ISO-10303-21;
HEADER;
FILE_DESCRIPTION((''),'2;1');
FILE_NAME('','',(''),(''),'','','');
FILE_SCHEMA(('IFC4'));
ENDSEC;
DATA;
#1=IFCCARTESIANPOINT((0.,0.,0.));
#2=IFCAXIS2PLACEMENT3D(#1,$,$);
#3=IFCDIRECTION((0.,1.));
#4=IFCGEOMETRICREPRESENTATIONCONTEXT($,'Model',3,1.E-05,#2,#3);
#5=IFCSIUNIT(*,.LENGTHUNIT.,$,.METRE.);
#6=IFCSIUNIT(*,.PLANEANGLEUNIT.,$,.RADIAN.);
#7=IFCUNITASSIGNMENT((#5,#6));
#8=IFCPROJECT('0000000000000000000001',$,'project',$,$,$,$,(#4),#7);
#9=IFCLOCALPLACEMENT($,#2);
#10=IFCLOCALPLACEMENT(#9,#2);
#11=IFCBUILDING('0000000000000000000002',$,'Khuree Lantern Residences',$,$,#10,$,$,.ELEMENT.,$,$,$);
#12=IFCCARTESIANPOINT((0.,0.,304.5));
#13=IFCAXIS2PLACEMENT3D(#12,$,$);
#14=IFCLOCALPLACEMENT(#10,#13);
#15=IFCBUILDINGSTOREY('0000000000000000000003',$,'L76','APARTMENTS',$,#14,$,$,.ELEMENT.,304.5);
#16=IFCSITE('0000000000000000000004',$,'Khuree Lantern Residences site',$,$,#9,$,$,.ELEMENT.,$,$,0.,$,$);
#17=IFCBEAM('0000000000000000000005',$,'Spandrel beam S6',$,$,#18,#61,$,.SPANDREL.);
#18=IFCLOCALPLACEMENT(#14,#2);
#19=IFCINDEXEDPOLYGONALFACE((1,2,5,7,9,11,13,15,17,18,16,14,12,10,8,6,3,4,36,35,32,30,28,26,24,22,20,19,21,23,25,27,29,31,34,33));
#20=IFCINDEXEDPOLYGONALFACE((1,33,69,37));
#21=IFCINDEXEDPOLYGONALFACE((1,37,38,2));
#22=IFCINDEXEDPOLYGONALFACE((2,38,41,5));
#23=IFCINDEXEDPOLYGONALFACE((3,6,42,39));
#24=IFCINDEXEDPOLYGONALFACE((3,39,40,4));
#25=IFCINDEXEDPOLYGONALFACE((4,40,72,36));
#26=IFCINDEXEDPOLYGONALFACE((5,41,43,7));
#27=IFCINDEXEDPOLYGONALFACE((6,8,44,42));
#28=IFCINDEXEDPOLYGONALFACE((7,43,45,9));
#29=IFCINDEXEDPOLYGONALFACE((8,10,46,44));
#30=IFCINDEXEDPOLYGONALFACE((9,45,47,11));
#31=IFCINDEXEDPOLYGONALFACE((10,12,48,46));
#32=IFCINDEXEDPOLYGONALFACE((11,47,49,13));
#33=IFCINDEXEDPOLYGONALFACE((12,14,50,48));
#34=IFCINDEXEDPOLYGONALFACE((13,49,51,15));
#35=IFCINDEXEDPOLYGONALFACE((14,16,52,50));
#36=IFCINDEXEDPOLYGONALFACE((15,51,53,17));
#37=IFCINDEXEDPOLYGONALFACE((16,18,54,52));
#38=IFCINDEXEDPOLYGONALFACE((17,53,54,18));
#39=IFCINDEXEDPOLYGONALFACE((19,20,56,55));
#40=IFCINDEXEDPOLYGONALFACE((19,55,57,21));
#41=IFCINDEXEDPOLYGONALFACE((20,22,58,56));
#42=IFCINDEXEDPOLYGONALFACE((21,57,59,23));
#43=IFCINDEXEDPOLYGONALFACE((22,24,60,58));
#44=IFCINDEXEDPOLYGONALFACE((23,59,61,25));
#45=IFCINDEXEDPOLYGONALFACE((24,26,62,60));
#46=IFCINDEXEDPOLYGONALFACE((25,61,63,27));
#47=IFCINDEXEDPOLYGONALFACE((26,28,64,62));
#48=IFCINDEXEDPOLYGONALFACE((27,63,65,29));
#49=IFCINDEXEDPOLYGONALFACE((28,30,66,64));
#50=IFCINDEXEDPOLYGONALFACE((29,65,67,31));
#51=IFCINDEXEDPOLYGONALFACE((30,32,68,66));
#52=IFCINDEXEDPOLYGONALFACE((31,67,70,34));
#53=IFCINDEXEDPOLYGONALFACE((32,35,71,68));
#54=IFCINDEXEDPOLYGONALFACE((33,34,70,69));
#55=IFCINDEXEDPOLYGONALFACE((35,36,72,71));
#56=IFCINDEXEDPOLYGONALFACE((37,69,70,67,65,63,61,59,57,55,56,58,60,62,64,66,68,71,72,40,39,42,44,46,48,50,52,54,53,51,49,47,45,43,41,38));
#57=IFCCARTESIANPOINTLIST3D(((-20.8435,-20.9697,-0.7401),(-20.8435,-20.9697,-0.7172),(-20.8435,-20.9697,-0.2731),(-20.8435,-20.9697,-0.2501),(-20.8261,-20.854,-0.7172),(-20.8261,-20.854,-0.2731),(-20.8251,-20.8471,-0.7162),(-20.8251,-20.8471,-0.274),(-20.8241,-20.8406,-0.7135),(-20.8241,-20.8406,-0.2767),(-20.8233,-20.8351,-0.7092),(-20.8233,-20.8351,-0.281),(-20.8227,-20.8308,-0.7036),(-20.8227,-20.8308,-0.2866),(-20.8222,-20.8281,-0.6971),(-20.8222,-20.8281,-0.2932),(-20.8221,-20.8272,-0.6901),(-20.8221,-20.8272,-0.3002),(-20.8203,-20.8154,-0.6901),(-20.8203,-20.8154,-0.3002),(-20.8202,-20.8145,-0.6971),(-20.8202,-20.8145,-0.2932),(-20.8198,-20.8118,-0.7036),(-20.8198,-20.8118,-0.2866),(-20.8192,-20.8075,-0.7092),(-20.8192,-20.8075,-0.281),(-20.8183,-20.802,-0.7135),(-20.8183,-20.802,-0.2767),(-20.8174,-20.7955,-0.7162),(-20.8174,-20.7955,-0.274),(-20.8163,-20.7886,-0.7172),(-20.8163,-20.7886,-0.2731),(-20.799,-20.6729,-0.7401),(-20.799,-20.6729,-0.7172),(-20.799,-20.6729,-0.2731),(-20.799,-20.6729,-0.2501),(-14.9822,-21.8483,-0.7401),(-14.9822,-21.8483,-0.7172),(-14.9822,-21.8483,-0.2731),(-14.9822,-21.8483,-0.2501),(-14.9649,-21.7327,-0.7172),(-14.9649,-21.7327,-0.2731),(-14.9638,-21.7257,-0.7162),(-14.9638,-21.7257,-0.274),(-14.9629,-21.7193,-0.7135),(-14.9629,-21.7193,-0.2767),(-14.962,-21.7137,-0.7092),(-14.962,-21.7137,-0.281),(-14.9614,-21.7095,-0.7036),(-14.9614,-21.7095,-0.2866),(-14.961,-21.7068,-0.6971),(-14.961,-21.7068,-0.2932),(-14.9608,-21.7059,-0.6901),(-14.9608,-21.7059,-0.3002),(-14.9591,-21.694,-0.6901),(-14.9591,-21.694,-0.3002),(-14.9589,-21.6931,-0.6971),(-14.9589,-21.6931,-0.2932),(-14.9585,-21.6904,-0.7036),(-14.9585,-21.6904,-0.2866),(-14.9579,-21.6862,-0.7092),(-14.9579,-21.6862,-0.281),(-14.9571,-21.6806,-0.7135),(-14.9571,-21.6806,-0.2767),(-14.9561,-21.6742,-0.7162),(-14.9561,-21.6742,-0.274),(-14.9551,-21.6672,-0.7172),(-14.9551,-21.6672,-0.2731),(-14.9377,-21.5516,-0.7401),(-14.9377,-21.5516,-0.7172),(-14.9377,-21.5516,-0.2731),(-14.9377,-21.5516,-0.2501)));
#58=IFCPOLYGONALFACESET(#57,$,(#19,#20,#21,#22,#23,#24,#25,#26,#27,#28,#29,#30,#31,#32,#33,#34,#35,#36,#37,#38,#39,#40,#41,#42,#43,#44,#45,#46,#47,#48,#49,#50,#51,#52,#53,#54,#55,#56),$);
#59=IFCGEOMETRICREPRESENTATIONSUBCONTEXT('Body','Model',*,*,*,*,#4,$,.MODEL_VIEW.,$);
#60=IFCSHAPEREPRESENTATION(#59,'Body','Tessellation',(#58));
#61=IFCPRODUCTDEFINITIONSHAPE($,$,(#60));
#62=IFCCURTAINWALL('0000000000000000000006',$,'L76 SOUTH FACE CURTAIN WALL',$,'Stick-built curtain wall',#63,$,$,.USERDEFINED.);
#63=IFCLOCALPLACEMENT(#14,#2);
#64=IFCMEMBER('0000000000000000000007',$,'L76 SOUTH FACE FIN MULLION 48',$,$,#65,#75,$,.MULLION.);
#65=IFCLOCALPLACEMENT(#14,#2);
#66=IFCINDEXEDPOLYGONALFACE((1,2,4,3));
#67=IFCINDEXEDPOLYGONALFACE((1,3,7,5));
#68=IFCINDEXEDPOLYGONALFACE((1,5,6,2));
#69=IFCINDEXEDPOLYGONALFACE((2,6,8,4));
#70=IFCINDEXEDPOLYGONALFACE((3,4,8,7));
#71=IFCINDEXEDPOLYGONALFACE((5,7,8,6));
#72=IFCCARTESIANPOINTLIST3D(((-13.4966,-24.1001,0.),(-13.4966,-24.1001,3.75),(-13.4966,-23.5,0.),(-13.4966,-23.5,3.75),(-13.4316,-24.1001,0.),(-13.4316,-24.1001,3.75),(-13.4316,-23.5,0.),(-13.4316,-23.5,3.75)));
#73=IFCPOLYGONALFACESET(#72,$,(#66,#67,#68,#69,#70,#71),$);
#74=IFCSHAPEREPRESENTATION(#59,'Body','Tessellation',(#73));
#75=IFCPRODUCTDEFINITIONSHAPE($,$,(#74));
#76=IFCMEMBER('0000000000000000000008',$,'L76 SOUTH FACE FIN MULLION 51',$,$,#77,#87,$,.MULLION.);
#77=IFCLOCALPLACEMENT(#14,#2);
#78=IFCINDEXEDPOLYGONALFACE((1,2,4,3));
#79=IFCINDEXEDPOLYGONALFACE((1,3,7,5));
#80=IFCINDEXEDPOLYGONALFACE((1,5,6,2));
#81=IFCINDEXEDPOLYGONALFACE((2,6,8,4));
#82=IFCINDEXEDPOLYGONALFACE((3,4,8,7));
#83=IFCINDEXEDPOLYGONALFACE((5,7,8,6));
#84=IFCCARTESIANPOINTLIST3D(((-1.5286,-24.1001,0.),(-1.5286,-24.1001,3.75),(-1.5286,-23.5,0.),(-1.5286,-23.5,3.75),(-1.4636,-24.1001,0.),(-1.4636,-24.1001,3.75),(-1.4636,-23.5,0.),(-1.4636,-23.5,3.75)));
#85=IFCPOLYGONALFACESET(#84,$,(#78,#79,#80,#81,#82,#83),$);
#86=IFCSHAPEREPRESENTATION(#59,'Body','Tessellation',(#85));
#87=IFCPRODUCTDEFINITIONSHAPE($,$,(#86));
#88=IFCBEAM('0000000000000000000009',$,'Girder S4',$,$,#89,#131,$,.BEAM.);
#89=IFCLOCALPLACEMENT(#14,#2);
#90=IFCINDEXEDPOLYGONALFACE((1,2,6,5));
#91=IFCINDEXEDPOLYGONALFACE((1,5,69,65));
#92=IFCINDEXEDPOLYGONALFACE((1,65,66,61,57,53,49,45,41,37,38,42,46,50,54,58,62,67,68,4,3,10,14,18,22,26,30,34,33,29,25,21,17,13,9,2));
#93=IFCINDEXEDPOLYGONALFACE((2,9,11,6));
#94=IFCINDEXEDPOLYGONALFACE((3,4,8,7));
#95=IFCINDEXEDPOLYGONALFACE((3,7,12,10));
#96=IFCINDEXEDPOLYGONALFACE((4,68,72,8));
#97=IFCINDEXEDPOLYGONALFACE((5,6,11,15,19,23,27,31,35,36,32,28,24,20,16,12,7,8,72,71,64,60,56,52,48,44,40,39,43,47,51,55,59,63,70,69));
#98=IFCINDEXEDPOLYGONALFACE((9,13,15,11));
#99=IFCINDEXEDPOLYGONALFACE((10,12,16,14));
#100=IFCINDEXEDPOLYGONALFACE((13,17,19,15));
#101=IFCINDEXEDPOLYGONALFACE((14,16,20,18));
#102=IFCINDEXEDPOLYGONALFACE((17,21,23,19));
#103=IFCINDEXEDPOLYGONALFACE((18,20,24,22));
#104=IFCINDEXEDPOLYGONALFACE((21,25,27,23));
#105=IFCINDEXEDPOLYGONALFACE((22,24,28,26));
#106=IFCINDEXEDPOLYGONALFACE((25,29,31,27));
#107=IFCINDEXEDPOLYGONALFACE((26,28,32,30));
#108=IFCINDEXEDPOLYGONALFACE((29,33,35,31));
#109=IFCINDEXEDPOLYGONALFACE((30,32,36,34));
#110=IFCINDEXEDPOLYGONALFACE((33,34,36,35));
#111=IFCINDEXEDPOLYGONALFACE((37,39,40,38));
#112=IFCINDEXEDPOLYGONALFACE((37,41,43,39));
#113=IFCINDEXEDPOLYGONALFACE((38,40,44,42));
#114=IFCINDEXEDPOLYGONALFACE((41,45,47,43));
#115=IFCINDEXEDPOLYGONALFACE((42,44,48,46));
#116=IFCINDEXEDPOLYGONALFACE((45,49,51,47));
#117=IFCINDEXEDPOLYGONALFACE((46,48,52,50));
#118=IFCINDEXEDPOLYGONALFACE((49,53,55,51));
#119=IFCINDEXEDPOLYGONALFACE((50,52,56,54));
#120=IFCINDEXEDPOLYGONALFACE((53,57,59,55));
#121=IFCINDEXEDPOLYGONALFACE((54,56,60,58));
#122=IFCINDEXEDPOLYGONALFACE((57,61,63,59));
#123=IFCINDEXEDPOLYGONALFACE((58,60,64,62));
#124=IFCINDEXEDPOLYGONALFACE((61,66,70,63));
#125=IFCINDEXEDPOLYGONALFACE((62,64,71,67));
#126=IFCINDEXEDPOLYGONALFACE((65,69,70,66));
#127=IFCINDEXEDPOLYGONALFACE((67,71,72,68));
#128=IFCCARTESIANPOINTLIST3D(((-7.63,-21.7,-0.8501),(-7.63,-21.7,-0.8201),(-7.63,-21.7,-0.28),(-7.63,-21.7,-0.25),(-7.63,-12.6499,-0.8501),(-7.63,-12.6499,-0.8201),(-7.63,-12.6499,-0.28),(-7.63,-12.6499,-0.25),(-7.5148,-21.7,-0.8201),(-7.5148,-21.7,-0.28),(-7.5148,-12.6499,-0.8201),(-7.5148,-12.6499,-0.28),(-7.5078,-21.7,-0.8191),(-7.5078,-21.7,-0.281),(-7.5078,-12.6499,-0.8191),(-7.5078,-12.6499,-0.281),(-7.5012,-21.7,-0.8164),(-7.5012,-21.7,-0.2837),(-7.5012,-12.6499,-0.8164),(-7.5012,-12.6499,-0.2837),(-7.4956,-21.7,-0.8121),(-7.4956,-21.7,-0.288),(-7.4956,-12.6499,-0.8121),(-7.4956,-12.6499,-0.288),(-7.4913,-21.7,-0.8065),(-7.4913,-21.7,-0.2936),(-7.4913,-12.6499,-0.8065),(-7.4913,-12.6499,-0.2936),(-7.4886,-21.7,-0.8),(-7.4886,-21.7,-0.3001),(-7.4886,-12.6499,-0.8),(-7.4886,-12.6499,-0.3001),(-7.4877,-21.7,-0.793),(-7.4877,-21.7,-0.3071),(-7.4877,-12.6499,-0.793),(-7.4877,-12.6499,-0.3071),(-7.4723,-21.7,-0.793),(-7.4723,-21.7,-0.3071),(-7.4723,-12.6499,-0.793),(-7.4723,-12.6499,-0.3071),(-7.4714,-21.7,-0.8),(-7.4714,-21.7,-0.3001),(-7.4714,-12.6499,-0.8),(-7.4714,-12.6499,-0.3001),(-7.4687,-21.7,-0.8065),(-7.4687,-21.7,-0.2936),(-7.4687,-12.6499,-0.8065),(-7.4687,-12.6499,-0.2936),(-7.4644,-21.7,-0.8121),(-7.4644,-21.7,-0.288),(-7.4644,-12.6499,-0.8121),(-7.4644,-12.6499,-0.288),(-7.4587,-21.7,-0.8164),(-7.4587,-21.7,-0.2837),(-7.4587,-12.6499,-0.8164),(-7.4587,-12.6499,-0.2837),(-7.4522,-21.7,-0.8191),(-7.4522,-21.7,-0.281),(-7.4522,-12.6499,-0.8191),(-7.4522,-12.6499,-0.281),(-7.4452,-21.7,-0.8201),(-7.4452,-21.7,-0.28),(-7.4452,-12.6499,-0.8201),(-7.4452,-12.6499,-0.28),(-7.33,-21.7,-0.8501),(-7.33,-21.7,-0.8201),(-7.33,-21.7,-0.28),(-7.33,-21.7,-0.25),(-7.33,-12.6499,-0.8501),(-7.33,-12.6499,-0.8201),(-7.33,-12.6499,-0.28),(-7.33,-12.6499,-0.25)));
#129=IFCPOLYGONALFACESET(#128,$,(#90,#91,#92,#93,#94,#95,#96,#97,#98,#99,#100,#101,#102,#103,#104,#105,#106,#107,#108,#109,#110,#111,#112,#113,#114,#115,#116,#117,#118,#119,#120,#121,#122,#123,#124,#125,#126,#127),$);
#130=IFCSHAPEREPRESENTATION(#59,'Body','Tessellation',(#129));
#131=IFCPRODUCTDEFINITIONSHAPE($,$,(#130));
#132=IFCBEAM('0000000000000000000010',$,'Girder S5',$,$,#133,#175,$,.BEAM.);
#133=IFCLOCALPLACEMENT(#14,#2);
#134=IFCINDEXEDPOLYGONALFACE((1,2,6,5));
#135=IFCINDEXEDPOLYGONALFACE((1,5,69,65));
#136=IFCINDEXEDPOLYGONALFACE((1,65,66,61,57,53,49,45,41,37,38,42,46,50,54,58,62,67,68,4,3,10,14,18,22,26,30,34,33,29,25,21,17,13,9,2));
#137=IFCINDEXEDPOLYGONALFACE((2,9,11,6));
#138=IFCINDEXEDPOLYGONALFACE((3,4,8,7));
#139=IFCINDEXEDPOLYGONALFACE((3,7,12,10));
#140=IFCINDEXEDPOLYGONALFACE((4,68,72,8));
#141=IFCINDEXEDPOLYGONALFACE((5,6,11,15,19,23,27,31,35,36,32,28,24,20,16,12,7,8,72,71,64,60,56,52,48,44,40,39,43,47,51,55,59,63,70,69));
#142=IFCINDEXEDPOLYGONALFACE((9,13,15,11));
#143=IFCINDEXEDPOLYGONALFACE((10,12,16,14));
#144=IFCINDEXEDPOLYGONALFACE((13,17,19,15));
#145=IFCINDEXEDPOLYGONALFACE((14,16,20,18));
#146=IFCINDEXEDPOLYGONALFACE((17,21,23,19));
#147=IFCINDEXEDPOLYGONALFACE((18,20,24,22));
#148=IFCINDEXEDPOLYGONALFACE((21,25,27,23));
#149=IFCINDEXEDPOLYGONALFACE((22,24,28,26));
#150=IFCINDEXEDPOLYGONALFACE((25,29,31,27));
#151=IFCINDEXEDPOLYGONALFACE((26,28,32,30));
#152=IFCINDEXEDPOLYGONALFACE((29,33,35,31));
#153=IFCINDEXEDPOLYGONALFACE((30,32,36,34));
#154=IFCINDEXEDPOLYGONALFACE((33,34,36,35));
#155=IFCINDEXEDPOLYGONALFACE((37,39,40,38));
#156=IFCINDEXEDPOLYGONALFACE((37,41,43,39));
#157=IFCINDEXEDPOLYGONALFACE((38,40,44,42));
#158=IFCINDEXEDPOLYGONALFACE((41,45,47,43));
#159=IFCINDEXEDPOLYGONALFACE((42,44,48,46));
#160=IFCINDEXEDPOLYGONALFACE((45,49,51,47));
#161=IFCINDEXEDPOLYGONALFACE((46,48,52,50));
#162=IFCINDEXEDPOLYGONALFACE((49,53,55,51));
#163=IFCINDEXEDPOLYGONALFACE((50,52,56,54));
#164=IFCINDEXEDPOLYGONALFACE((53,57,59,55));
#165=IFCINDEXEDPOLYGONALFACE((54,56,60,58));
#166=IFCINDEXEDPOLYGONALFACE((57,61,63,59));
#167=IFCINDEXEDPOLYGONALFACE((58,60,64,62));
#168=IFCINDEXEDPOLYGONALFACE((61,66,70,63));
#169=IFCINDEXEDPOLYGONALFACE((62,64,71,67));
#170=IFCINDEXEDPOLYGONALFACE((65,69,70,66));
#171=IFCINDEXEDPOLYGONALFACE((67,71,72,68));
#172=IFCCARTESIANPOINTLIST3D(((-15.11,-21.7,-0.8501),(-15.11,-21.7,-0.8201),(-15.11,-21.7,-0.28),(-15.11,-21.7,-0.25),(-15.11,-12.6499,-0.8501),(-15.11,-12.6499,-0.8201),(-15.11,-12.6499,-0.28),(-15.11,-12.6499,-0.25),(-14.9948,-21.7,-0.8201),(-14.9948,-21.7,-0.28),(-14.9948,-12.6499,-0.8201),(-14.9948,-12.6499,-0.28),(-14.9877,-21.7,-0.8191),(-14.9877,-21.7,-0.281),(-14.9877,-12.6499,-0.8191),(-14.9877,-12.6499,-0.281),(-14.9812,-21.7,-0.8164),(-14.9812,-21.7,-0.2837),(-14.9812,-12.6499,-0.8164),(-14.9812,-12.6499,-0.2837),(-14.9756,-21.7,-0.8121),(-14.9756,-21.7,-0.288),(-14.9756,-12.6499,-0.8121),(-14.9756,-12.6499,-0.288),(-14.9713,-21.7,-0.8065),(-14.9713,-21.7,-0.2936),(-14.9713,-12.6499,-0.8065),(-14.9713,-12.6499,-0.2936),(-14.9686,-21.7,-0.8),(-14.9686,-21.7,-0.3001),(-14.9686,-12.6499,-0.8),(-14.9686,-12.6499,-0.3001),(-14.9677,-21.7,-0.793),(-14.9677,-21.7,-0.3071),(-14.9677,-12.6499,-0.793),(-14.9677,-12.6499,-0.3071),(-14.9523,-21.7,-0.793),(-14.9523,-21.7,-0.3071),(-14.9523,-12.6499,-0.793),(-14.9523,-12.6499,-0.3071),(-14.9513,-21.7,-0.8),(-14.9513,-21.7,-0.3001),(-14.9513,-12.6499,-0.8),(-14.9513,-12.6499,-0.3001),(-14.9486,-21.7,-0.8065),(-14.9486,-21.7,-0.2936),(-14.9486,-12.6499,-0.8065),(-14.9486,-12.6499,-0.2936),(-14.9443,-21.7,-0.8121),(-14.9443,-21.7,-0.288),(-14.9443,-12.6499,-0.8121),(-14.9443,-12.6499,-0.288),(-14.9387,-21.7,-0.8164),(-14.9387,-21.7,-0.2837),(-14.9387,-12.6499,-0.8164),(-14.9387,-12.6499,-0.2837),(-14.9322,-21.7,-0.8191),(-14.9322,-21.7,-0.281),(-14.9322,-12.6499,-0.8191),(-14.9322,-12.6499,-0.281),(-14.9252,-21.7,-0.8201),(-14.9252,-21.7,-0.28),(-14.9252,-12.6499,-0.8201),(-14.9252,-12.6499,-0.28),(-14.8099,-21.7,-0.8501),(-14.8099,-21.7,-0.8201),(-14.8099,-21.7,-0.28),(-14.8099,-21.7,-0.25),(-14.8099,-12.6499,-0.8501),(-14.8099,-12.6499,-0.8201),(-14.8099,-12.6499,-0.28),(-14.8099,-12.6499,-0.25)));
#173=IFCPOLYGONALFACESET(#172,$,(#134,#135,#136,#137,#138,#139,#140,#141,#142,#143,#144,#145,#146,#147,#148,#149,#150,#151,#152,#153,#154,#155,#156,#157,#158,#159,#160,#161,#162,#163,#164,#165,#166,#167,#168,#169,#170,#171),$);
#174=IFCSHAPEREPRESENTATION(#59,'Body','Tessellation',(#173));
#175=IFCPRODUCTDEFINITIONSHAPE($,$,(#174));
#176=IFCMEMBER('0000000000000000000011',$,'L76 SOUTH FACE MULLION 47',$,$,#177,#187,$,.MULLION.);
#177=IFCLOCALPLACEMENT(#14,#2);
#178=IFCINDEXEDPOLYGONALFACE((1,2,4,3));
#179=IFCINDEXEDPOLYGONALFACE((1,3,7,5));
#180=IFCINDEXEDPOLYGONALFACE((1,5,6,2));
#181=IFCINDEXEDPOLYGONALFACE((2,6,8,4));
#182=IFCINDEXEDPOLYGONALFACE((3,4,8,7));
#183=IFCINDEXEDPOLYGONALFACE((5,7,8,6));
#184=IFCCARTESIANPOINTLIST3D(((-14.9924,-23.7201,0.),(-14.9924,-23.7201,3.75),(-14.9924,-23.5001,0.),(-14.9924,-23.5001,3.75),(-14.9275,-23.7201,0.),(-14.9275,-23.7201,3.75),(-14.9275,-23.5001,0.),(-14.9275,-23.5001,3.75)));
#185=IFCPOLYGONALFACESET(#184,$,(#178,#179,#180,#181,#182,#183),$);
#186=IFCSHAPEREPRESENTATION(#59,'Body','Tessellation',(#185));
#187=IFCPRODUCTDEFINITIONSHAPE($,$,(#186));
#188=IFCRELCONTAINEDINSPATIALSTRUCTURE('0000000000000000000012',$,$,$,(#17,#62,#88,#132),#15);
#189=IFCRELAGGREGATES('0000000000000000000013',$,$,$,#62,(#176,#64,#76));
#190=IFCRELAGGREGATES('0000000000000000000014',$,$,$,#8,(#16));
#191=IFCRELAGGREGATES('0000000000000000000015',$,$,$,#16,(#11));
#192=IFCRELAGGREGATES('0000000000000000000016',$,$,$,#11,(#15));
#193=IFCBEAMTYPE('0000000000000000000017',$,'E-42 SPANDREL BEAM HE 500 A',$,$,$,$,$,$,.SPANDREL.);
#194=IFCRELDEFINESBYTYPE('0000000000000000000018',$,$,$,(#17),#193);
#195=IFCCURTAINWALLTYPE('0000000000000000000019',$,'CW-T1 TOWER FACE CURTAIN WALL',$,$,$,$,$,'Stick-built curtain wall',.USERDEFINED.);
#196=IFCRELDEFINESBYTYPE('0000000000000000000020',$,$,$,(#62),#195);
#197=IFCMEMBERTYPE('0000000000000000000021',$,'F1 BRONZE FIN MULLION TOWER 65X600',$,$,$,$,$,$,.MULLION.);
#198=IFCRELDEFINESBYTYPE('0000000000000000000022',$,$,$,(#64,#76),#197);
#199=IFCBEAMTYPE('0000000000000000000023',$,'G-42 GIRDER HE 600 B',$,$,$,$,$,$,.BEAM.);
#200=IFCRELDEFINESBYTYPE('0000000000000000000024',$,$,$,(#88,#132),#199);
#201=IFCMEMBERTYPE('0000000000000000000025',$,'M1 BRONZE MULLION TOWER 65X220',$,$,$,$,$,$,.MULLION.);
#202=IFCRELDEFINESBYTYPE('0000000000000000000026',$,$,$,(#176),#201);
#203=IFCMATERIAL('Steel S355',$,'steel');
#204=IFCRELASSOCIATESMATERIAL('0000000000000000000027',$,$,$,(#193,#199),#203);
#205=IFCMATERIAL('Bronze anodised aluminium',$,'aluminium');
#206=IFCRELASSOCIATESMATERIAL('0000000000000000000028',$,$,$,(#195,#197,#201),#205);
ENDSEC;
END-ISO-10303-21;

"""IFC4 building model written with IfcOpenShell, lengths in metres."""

from ifc_helpers import new_model, si_unit, direction, frame, origin, origin_2d, place, context, subcontext, project, spatial, rectangle, i_section, extrude, material, material_profile, profile_set, type_object, element, aggregate, save


model = new_model("IFC4")

# Units and contexts
model_context = context("Model", 3, precision=1e-05, world=origin(), true_north=direction((0.0, 1.0)))
body_context = subcontext(model_context, "Body", "Model", "MODEL_VIEW")
ifc_project = project(units=[si_unit("LENGTHUNIT", "METRE"), si_unit("PLANEANGLEUNIT", "RADIAN")], contexts=[model_context])

# Site, building, storey
site_placement = place(None, origin())
site = spatial("IfcSite", under=ifc_project, at=site_placement, Name="Khuree Lantern Residences site", CompositionType="ELEMENT", RefElevation=0.0)
building_placement = place(site_placement, origin())
building = spatial("IfcBuilding", under=site, at=building_placement, Name="Khuree Lantern Residences", CompositionType="ELEMENT")
storey_placement = place(building_placement, frame((0.0, 0.0, 304.5)))
storey = spatial("IfcBuildingStorey", under=building, at=storey_placement, Name="L76", Description="APARTMENTS", CompositionType="ELEMENT", Elevation=304.5)

# Beam
ifc_material_1 = material(Name="Steel S355", Category="steel")
ifc_material_profile_1 = material_profile(ifc_material_1, i_section(OverallWidth=0.3, OverallDepth=0.49, WebThickness=0.012, FlangeThickness=0.0229, FilletRadius=0.0271, at=origin_2d()), Name="HE 500 A")
ifc_profile_set_1 = profile_set([ifc_material_profile_1], Name="Steel S355")
beam_type_1 = type_object("IfcBeamType", Name="E-42 SPANDREL BEAM HE 500 A", PredefinedType="SPANDREL", material=ifc_profile_set_1)
beam_1_placement = place(storey_placement, frame((-14.96, -21.7, -0.4951), z_axis=(-0.98895, 0.148252, 0.0), x_axis=(-0.148252, -0.98895, 0.0)))
element("IfcBeam", 1, at=beam_1_placement, inside=storey, type_object=beam_type_1, Name="Spandrel beam S6", PredefinedType="SPANDREL", context=body_context, shape_type="SweptSolid", body=[
    extrude(i_section(OverallWidth=0.3, OverallDepth=0.49, WebThickness=0.012, FlangeThickness=0.0229, FilletRadius=0.0271, at=origin_2d()), origin(), (0.0, 0.0, 1.0), 5.9268),
])

# Curtain wall, members
ifc_material_2 = material(Name="Bronze anodised aluminium", Category="aluminium")
curtain_wall_type = type_object("IfcCurtainWallType", Name="CW-T1 TOWER FACE CURTAIN WALL", ElementType="Stick-built curtain wall", PredefinedType="USERDEFINED", material=ifc_material_2)
curtain_wall_placement = place(storey_placement, origin())
curtain_wall = element("IfcCurtainWall", 2, at=curtain_wall_placement, inside=storey, type_object=curtain_wall_type, Name="L76 SOUTH FACE CURTAIN WALL", ObjectType="Stick-built curtain wall", PredefinedType="USERDEFINED")
ifc_material_profile_2 = material_profile(ifc_material_2, rectangle(XDim=0.0649, YDim=0.6001, at=origin_2d()), Name="F1 65X600")
ifc_profile_set_2 = profile_set([ifc_material_profile_2], Name="Bronze anodised aluminium")
member_type_1 = type_object("IfcMemberType", Name="F1 BRONZE FIN MULLION TOWER 65X600", PredefinedType="MULLION", material=ifc_profile_set_2)
member_1_placement = place(storey_placement, frame((-13.4641, -23.8, 0.0), z_axis=(0.0, 0.0, 1.0), x_axis=(1.0, 0.0, 0.0)))
member_1 = element("IfcMember", 3, at=member_1_placement, type_object=member_type_1, Name="L76 SOUTH FACE FIN MULLION 48", PredefinedType="MULLION", context=body_context, shape_type="SweptSolid", body=[
    extrude(rectangle(XDim=0.0649, YDim=0.6001, at=origin_2d()), origin(), (0.0, 0.0, 1.0), 3.75),
])
member_2_placement = place(storey_placement, frame((-1.4961, -23.8, 0.0), z_axis=(0.0, 0.0, 1.0), x_axis=(1.0, 0.0, 0.0)))
member_2 = element("IfcMember", 4, at=member_2_placement, type_object=member_type_1, Name="L76 SOUTH FACE FIN MULLION 51", PredefinedType="MULLION", context=body_context, shape_type="SweptSolid", body=[
    extrude(rectangle(XDim=0.0649, YDim=0.6001, at=origin_2d()), origin(), (0.0, 0.0, 1.0), 3.75),
])

# Beams
ifc_material_profile_3 = material_profile(ifc_material_1, i_section(OverallWidth=0.3, OverallDepth=0.6001, WebThickness=0.0154, FlangeThickness=0.03, FilletRadius=0.0271, at=origin_2d()), Name="HE 600 B")
ifc_profile_set_3 = profile_set([ifc_material_profile_3], Name="Steel S355")
beam_type_2 = type_object("IfcBeamType", Name="G-42 GIRDER HE 600 B", PredefinedType="BEAM", material=ifc_profile_set_3)
for number, where, z_axis, x_axis, name in (
    (5, (-7.48, -21.7, -0.55), (0.0, 1.0, 0.0), (-1.0, 0.0, 0.0), "Girder S4"),
    (6, (-14.96, -21.7, -0.55), (0.0, 1.0, 0.0), (-1.0, 0.0, 0.0), "Girder S5"),
):
    element("IfcBeam", number, at=place(storey_placement, frame(where, z_axis=z_axis, x_axis=x_axis)), inside=storey, type_object=beam_type_2, Name=name, PredefinedType="BEAM", context=body_context, shape_type="SweptSolid", body=[
        extrude(i_section(OverallWidth=0.3, OverallDepth=0.6001, WebThickness=0.0154, FlangeThickness=0.03, FilletRadius=0.0271, at=origin_2d()), origin(), (0.0, 0.0, 1.0), 9.05),
    ])

# Member
ifc_material_profile_4 = material_profile(ifc_material_2, rectangle(XDim=0.0649, YDim=0.22, at=origin_2d()), Name="M1 65X220")
ifc_profile_set_4 = profile_set([ifc_material_profile_4], Name="Bronze anodised aluminium")
member_type_2 = type_object("IfcMemberType", Name="M1 BRONZE MULLION TOWER 65X220", PredefinedType="MULLION", material=ifc_profile_set_4)
member_3_placement = place(storey_placement, frame((-14.96, -23.6101, 0.0), z_axis=(0.0, 0.0, 1.0), x_axis=(1.0, 0.0, 0.0)))
member_3 = element("IfcMember", 7, at=member_3_placement, type_object=member_type_2, Name="L76 SOUTH FACE MULLION 47", PredefinedType="MULLION", context=body_context, shape_type="SweptSolid", body=[
    extrude(rectangle(XDim=0.0649, YDim=0.22, at=origin_2d()), origin(), (0.0, 0.0, 1.0), 3.75),
])

aggregate(curtain_wall, [member_3, member_1, member_2])

save(model, "model.ifc")
